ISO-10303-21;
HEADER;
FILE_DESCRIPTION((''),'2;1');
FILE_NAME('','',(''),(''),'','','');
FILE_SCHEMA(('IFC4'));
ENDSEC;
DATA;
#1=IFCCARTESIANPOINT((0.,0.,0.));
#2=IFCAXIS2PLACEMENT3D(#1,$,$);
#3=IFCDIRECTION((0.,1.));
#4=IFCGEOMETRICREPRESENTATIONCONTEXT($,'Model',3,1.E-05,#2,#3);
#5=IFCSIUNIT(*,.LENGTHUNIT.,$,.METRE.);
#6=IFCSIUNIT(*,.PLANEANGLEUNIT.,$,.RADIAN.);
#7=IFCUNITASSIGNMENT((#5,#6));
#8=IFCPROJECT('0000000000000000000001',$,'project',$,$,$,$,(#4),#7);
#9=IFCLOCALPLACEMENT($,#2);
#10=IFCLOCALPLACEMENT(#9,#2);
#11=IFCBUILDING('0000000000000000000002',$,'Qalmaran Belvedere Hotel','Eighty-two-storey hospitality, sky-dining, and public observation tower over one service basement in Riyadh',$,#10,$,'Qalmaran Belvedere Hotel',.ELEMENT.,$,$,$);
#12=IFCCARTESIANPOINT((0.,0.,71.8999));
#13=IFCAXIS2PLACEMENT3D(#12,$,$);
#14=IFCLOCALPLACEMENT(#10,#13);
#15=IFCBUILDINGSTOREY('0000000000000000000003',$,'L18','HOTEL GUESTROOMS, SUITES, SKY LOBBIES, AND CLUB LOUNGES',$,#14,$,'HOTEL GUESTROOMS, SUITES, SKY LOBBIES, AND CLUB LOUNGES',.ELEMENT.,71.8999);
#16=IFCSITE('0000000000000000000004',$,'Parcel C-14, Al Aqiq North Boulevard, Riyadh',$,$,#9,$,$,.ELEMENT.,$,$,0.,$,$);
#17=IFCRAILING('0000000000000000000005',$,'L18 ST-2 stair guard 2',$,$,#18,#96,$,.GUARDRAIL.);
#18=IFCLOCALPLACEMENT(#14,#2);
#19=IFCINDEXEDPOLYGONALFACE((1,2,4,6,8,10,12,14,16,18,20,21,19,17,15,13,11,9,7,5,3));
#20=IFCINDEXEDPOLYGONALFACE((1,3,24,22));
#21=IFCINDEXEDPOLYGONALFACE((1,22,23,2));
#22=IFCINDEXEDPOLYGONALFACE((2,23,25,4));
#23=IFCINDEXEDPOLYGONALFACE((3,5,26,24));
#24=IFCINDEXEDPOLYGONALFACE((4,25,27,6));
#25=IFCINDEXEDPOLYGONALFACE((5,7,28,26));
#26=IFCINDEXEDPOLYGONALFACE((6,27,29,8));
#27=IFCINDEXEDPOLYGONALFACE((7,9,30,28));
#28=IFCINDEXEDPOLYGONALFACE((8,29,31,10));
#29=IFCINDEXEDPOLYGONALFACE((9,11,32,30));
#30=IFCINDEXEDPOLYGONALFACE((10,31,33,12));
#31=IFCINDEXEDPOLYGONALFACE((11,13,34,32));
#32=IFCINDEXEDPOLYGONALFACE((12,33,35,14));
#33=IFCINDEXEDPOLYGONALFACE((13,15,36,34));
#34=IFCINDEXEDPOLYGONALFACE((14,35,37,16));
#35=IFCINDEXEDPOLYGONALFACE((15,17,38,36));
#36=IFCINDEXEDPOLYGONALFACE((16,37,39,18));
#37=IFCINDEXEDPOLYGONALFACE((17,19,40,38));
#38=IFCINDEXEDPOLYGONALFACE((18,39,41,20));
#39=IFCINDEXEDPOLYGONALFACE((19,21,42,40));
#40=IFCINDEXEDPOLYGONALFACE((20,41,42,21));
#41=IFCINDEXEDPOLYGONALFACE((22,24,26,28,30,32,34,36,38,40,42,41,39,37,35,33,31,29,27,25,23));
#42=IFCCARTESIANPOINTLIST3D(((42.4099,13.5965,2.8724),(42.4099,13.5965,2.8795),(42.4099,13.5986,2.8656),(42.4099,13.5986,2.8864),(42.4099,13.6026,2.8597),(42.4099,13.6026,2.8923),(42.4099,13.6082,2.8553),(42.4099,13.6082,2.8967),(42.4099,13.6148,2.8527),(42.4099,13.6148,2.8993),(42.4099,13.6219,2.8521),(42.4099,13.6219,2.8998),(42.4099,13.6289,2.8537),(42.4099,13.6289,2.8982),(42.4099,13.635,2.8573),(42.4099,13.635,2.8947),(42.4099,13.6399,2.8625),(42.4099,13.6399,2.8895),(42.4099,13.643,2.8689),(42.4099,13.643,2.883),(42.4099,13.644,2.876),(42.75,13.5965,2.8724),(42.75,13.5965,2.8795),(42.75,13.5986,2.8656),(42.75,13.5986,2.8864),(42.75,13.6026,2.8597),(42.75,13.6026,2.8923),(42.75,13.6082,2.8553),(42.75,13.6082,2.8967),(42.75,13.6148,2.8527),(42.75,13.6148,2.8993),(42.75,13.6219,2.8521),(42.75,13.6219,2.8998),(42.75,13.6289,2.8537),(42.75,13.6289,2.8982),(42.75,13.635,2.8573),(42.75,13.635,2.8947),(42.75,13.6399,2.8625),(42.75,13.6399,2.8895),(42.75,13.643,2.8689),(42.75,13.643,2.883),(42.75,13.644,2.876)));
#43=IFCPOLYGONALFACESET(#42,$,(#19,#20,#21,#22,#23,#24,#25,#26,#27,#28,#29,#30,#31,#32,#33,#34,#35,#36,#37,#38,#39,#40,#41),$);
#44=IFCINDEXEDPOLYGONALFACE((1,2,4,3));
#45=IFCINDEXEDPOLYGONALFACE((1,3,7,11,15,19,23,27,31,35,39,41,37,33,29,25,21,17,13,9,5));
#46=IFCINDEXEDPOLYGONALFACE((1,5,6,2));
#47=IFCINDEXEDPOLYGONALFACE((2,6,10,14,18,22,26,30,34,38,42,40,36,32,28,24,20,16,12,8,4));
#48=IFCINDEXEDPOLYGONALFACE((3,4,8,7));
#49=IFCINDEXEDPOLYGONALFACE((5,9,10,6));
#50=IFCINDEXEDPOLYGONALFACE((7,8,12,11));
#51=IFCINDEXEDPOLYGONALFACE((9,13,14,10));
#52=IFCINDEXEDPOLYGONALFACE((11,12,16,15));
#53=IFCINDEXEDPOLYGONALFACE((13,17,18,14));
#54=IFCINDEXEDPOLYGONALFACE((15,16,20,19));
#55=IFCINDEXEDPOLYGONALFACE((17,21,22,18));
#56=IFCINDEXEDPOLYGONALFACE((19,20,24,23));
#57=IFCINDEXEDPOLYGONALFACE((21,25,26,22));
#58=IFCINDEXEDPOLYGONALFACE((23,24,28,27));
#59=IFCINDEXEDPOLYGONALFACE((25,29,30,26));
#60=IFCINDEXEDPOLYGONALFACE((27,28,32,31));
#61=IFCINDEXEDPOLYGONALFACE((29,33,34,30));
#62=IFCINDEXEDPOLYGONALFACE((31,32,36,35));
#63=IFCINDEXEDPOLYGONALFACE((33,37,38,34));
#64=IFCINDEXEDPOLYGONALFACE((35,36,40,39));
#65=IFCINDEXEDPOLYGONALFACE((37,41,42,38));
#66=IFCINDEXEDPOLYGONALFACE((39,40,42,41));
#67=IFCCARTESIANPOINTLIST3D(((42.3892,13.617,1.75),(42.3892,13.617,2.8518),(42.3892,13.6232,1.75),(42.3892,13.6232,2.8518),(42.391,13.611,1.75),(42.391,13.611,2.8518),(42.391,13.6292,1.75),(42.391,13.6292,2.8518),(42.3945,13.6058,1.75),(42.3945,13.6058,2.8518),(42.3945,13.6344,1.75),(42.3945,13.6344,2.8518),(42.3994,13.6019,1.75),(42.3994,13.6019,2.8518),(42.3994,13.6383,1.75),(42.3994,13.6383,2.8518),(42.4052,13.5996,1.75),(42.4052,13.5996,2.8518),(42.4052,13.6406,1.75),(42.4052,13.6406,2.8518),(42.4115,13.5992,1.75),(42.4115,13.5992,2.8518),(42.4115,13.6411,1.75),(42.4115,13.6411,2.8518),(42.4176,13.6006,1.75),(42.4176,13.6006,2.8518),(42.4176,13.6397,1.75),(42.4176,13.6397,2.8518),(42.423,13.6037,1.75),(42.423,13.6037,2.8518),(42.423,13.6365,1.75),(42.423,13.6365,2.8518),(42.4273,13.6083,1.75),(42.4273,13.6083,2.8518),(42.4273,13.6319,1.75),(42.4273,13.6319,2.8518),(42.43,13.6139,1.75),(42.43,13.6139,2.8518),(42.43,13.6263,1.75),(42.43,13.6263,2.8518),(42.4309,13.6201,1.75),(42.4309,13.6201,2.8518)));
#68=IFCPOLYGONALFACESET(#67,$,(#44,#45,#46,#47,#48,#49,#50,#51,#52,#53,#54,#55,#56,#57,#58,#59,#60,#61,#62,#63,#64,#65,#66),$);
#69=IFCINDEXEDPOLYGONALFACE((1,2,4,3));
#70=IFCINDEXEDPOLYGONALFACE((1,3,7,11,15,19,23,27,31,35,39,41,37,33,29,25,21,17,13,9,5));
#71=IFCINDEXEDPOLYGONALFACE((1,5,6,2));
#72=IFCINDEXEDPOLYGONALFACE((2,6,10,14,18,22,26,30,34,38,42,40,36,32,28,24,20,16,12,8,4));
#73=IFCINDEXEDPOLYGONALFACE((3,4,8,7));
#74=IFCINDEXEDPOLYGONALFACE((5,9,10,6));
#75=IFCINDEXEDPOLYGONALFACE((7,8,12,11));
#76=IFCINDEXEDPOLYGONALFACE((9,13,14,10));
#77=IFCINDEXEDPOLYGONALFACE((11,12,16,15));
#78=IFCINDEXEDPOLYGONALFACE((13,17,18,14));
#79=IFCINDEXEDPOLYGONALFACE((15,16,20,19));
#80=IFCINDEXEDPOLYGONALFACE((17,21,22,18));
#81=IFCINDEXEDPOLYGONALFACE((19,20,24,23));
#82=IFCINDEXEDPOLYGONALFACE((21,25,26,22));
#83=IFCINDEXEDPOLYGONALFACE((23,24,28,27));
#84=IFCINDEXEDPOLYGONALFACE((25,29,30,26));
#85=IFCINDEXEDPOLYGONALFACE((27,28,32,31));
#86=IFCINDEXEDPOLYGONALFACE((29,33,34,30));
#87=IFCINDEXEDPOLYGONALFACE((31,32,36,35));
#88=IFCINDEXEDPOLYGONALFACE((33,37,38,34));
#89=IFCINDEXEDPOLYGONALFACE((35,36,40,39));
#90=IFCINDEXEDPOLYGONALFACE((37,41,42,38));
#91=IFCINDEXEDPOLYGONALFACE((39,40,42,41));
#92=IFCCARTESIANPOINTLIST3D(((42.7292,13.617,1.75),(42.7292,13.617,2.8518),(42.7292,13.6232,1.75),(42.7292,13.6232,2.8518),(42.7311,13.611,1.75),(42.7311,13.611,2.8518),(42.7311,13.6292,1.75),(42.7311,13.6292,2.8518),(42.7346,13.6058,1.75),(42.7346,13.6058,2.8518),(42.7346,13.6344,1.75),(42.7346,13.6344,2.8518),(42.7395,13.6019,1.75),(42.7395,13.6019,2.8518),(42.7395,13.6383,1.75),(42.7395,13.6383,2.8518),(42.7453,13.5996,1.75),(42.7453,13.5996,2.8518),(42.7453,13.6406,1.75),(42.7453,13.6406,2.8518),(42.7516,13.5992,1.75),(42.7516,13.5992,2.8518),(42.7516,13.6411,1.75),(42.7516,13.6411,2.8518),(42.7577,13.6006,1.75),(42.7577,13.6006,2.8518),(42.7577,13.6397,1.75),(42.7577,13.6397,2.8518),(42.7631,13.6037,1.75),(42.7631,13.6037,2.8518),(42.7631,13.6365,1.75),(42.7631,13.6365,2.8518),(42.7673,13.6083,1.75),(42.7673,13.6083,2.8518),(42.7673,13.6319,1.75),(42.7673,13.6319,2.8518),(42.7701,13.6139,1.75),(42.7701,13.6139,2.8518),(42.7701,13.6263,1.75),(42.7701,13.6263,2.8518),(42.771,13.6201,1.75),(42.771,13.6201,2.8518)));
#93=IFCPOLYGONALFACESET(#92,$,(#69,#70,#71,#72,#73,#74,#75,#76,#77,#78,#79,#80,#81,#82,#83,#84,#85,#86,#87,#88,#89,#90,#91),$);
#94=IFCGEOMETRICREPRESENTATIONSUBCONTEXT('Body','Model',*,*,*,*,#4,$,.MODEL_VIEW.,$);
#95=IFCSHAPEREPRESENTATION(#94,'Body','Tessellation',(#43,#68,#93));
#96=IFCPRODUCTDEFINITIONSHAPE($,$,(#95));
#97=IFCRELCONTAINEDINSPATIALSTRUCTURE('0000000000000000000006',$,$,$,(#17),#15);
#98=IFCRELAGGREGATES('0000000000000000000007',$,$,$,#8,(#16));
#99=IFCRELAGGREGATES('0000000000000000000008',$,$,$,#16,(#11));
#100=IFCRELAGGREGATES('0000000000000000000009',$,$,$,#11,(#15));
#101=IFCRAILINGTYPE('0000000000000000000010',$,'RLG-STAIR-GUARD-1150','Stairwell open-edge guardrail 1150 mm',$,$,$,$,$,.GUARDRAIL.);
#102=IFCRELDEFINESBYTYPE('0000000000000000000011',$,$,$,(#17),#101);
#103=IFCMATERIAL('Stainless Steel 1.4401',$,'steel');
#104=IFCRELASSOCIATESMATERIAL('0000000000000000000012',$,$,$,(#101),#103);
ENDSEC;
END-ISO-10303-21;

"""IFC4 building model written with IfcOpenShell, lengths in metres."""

from ifc_helpers import new_model, si_unit, direction, frame, origin, origin_2d, place, context, subcontext, project, spatial, circle, extrude, material, type_object, element, save


model = new_model("IFC4")

# Units and contexts
model_context = context("Model", 3, precision=1e-05, world=origin(), true_north=direction((0.0, 1.0)))
body_context = subcontext(model_context, "Body", "Model", "MODEL_VIEW")
ifc_project = project(units=[si_unit("LENGTHUNIT", "METRE"), si_unit("PLANEANGLEUNIT", "RADIAN")], contexts=[model_context])

# Site, building, storey
site_placement = place(None, origin())
site = spatial("IfcSite", under=ifc_project, at=site_placement, Name="Parcel C-14, Al Aqiq North Boulevard, Riyadh", CompositionType="ELEMENT", RefElevation=0.0)
building_placement = place(site_placement, origin())
building = spatial("IfcBuilding", under=site, at=building_placement, Name="Qalmaran Belvedere Hotel", Description="Eighty-two-storey hospitality, sky-dining, and public observation tower over one service basement in Riyadh", LongName="Qalmaran Belvedere Hotel", CompositionType="ELEMENT")
storey_placement = place(building_placement, frame((0.0, 0.0, 71.8999)))
storey = spatial("IfcBuildingStorey", under=building, at=storey_placement, Name="L18", Description="HOTEL GUESTROOMS, SUITES, SKY LOBBIES, AND CLUB LOUNGES", LongName="HOTEL GUESTROOMS, SUITES, SKY LOBBIES, AND CLUB LOUNGES", CompositionType="ELEMENT", Elevation=71.8999)

# Shared definitions
ifc_material_1 = material(Name="Stainless Steel 1.4401", Category="steel")

# Railing
railing_type_1 = type_object("IfcRailingType", Name="RLG-STAIR-GUARD-1150", Description="Stairwell open-edge guardrail 1150 mm", PredefinedType="GUARDRAIL", material=ifc_material_1)
railing_1_placement = place(storey_placement, frame((42.4099, 13.6201, 1.75)))
element("IfcRailing", 1, at=railing_1_placement, inside=storey, type_object=railing_type_1, Name="L18 ST-2 stair guard 2", PredefinedType="GUARDRAIL", context=body_context, shape_type="SweptSolid", body=[
    extrude(circle(Radius=0.0239, at=origin_2d()), frame((0.0, 0.0, 1.126), z_axis=(1.0, 0.0, 0.0), x_axis=(0.0, 1.0, 0.0)), (0.0, 0.0, 1.0), 0.3401),
    extrude(circle(Radius=0.021, at=origin_2d()), origin(), (0.0, 0.0, 1.0), 1.1018),
    extrude(circle(Radius=0.021, at=origin_2d()), frame((0.3401, 0.0, 0.0)), (0.0, 0.0, 1.0), 1.1018),
])

save(model, "model.ifc")
